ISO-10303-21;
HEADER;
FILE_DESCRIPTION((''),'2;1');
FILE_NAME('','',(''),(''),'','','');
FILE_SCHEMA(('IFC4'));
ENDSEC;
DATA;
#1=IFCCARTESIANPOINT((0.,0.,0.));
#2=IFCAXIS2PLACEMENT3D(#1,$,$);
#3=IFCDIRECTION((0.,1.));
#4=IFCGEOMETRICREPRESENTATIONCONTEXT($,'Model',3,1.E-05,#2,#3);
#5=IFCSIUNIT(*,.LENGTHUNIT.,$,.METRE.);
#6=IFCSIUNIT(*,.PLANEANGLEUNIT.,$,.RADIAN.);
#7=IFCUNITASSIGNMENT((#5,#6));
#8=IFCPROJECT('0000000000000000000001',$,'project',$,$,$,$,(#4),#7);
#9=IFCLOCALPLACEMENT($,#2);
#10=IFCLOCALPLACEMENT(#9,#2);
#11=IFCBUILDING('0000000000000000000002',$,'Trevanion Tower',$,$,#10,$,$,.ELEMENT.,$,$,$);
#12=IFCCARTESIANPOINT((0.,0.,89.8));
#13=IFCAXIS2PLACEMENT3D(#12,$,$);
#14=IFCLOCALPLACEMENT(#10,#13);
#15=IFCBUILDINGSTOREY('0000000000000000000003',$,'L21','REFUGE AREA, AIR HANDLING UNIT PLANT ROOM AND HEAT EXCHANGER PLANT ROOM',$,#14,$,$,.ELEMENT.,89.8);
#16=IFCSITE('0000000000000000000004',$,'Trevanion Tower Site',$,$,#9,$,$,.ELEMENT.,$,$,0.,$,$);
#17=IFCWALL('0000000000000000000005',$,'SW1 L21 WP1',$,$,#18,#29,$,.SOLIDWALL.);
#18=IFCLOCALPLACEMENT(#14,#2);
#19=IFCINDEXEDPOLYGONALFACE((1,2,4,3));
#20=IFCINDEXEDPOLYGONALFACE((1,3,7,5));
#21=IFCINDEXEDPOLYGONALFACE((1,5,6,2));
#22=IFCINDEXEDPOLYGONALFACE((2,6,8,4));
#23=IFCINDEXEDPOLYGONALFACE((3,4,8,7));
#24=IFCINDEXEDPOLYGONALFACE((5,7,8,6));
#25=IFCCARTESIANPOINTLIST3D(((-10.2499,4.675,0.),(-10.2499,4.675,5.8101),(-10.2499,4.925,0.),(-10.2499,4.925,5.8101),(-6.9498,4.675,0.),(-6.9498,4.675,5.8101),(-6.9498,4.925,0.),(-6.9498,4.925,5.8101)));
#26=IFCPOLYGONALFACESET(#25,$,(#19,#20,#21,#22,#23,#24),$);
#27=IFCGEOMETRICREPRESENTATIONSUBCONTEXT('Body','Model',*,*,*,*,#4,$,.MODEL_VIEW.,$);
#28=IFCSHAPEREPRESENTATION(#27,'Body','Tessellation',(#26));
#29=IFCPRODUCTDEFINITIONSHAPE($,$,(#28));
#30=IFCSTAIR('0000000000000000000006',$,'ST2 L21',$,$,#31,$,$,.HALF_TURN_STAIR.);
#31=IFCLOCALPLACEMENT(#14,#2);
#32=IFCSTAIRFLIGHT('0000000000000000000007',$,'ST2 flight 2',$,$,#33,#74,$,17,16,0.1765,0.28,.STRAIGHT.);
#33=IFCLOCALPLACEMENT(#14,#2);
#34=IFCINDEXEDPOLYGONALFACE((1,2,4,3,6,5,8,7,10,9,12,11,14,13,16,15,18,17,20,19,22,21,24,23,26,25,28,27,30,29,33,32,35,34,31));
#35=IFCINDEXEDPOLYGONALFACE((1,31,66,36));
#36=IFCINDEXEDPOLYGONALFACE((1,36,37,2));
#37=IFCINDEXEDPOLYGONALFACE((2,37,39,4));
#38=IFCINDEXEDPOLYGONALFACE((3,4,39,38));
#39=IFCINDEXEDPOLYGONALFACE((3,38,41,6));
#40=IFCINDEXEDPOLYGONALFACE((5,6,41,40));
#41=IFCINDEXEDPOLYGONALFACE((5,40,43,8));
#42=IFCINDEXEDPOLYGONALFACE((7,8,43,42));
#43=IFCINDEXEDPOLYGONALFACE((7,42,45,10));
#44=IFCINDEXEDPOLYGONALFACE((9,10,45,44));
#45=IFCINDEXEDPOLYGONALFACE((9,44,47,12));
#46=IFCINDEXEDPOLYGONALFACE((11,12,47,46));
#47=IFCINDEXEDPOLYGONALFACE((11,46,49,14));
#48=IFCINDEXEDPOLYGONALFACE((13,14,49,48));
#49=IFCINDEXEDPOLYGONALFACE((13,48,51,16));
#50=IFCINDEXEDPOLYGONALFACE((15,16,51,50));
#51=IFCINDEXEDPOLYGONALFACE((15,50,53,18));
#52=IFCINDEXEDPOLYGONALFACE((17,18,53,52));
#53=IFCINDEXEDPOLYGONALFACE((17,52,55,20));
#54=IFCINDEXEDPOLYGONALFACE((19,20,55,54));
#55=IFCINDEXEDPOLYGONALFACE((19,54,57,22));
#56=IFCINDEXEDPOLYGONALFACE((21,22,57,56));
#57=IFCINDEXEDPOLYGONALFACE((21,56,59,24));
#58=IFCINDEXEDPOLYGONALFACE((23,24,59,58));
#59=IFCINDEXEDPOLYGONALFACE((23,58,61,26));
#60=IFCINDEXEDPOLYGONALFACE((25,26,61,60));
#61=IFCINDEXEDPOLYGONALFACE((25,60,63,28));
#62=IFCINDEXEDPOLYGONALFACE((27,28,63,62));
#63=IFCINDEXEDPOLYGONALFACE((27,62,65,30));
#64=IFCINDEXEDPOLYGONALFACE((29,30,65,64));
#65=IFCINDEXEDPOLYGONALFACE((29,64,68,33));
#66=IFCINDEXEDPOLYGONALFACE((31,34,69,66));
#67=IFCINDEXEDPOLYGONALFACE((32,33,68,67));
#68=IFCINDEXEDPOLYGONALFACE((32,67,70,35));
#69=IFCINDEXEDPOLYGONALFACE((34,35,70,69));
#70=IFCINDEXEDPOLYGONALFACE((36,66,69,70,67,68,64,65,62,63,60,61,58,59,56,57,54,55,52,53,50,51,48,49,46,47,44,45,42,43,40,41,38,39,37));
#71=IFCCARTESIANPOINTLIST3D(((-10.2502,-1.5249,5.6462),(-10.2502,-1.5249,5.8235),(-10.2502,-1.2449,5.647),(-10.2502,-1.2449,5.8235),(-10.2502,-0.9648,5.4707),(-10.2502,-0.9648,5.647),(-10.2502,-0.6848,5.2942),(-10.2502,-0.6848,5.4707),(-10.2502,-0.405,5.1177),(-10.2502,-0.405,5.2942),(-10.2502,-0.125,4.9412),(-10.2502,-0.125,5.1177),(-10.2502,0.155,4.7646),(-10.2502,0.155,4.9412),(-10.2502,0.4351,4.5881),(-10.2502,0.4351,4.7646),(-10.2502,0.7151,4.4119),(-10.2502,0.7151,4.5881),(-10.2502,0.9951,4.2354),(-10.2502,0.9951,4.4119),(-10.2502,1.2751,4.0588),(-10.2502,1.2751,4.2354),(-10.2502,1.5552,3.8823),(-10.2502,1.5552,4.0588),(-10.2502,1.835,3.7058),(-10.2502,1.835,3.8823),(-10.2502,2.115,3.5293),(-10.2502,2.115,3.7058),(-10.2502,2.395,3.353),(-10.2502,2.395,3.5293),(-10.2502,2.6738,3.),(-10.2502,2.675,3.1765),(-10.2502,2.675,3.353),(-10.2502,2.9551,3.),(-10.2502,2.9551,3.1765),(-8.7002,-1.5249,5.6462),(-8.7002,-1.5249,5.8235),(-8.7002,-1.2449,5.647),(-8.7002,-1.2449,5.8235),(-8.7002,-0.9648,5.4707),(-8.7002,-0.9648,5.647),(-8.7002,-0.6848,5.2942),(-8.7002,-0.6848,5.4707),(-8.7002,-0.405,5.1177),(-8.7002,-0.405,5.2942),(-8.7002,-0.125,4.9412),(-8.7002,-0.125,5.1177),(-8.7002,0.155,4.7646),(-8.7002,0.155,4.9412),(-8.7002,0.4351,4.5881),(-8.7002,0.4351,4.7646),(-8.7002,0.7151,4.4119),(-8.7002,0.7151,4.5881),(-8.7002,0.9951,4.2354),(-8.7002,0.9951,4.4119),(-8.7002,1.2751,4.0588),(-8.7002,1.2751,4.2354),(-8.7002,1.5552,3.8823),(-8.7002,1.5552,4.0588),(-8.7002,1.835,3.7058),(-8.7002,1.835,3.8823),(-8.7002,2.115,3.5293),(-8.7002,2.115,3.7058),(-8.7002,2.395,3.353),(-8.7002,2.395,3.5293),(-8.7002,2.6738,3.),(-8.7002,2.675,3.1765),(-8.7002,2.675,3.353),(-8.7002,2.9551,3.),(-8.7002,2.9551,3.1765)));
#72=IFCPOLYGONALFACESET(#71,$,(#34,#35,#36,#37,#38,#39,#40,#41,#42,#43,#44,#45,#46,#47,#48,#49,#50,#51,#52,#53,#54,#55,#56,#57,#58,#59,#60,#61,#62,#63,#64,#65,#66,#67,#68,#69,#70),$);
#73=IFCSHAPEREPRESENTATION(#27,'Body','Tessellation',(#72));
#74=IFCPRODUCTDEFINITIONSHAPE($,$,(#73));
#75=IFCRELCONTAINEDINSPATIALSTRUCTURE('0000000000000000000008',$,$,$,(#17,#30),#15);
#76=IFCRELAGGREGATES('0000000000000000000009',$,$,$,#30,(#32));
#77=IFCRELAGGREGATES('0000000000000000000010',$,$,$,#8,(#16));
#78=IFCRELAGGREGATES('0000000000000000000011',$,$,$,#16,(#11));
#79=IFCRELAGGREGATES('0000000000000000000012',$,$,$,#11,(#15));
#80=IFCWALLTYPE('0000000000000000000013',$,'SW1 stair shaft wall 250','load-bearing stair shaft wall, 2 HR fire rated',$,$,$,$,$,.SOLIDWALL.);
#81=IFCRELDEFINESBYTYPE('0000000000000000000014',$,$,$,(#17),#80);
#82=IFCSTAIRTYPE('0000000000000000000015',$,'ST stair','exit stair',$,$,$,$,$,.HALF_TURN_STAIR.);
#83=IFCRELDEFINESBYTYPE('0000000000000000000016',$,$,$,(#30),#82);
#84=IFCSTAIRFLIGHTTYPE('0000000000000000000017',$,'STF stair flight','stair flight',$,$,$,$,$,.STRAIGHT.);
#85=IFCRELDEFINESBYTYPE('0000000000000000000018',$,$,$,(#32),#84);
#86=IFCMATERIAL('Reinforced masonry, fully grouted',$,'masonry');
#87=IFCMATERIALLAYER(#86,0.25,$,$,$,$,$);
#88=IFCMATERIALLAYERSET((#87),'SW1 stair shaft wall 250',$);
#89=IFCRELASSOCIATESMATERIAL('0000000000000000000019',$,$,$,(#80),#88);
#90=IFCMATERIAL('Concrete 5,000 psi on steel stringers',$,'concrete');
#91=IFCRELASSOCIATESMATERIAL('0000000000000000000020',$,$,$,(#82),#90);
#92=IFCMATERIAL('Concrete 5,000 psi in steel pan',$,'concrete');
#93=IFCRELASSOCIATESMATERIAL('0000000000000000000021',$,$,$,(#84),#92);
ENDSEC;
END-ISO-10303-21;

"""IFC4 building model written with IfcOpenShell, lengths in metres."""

from ifc_helpers import new_model, si_unit, direction, frame, frame_2d, origin, place, context, subcontext, project, spatial, polyline, rectangle, outline, extrude, material, layer, layer_set, type_object, element, aggregate, save


model = new_model("IFC4")

# Units and contexts
model_context = context("Model", 3, precision=1e-05, world=origin(), true_north=direction((0.0, 1.0)))
body_context = subcontext(model_context, "Body", "Model", "MODEL_VIEW")
ifc_project = project(units=[si_unit("LENGTHUNIT", "METRE"), si_unit("PLANEANGLEUNIT", "RADIAN")], contexts=[model_context])

# Site, building, storey
site_placement = place(None, origin())
site = spatial("IfcSite", under=ifc_project, at=site_placement, Name="Trevanion Tower Site", CompositionType="ELEMENT", RefElevation=0.0)
building_placement = place(site_placement, origin())
building = spatial("IfcBuilding", under=site, at=building_placement, Name="Trevanion Tower", CompositionType="ELEMENT")
storey_placement = place(building_placement, frame((0.0, 0.0, 89.8)))
storey = spatial("IfcBuildingStorey", under=building, at=storey_placement, Name="L21", Description="REFUGE AREA, AIR HANDLING UNIT PLANT ROOM AND HEAT EXCHANGER PLANT ROOM", CompositionType="ELEMENT", Elevation=89.8)

# Wall
ifc_material_1 = material(Name="Reinforced masonry, fully grouted", Category="masonry")
ifc_layer_1 = layer(ifc_material_1, 0.25)
ifc_layer_set_1 = layer_set([ifc_layer_1], Name="SW1 stair shaft wall 250")
wall_type_1 = type_object("IfcWallType", Name="SW1 stair shaft wall 250", Description="load-bearing stair shaft wall, 2 HR fire rated", PredefinedType="SOLIDWALL", material=ifc_layer_set_1)
wall_1_placement = place(storey_placement, frame((-6.95, 4.8, 0.0), z_axis=(0.0, 0.0, 1.0), x_axis=(-1.0, 0.0, 0.0)))
element("IfcWall", 1, at=wall_1_placement, inside=storey, type_object=wall_type_1, Name="SW1 L21 WP1", PredefinedType="SOLIDWALL", context=body_context, shape_type="SweptSolid", body=[
    extrude(rectangle(XDim=3.3, YDim=0.25, at=frame_2d((1.6499, 0.0))), origin(), (0.0, 0.0, 1.0), 5.8101),
])

# Stair, stair flight
ifc_material_2 = material(Name="Concrete 5,000 psi on steel stringers", Category="concrete")
stair_type = type_object("IfcStairType", Name="ST stair", Description="exit stair", PredefinedType="HALF_TURN_STAIR", material=ifc_material_2)
stair_placement = place(storey_placement, origin())
stair = element("IfcStair", 2, at=stair_placement, inside=storey, type_object=stair_type, Name="ST2 L21", PredefinedType="HALF_TURN_STAIR")
ifc_material_3 = material(Name="Concrete 5,000 psi in steel pan", Category="concrete")
stair_flight_type = type_object("IfcStairFlightType", Name="STF stair flight", Description="stair flight", PredefinedType="STRAIGHT", material=ifc_material_3)
stair_flight_placement = place(storey_placement, frame((-9.4751, 2.9551, 3.0), z_axis=(0.0, 0.0, 1.0), x_axis=(0.0, -1.0, 0.0)))
stair_flight = element("IfcStairFlight", 3, at=stair_flight_placement, type_object=stair_flight_type, Name="ST2 flight 2", NumberOfRisers=17, NumberOfTreads=16, PredefinedType="STRAIGHT", RiserHeight=0.1765, TreadLength=0.28, context=body_context, shape_type="SweptSolid", body=[
    extrude(outline(polyline([(0.0, 0.0), (0.0, 0.1765), (0.28, 0.1765), (0.28, 0.353), (0.5601, 0.353), (0.5601, 0.5293), (0.8401, 0.5293), (0.8401, 0.7058), (1.1201, 0.7058), (1.1201, 0.8823), (1.3999, 0.8823), (1.3999, 1.0588), (1.6799, 1.0588), (1.6799, 1.2354), (1.96, 1.2354), (1.96, 1.4119), (2.24, 1.4119), (2.24, 1.5881), (2.52, 1.5881), (2.52, 1.7646), (2.8, 1.7646), (2.8, 1.9412), (3.0801, 1.9412), (3.0801, 2.1177), (3.3601, 2.1177), (3.3601, 2.2942), (3.6399, 2.2942), (3.6399, 2.4707), (3.9199, 2.4707), (3.9199, 2.647), (4.2, 2.647), (4.2, 2.8235), (4.48, 2.8235), (4.48, 3.0), (4.48, 2.6462), (0.2812, 0.0), (0.0, 0.0)])), frame((0.0, 0.7749, 0.0), z_axis=(0.0, -1.0, 0.0), x_axis=(1.0, 0.0, 0.0)), (0.0, 0.0, 1.0), 1.55),
])
aggregate(stair, [stair_flight])

save(model, "model.ifc")
